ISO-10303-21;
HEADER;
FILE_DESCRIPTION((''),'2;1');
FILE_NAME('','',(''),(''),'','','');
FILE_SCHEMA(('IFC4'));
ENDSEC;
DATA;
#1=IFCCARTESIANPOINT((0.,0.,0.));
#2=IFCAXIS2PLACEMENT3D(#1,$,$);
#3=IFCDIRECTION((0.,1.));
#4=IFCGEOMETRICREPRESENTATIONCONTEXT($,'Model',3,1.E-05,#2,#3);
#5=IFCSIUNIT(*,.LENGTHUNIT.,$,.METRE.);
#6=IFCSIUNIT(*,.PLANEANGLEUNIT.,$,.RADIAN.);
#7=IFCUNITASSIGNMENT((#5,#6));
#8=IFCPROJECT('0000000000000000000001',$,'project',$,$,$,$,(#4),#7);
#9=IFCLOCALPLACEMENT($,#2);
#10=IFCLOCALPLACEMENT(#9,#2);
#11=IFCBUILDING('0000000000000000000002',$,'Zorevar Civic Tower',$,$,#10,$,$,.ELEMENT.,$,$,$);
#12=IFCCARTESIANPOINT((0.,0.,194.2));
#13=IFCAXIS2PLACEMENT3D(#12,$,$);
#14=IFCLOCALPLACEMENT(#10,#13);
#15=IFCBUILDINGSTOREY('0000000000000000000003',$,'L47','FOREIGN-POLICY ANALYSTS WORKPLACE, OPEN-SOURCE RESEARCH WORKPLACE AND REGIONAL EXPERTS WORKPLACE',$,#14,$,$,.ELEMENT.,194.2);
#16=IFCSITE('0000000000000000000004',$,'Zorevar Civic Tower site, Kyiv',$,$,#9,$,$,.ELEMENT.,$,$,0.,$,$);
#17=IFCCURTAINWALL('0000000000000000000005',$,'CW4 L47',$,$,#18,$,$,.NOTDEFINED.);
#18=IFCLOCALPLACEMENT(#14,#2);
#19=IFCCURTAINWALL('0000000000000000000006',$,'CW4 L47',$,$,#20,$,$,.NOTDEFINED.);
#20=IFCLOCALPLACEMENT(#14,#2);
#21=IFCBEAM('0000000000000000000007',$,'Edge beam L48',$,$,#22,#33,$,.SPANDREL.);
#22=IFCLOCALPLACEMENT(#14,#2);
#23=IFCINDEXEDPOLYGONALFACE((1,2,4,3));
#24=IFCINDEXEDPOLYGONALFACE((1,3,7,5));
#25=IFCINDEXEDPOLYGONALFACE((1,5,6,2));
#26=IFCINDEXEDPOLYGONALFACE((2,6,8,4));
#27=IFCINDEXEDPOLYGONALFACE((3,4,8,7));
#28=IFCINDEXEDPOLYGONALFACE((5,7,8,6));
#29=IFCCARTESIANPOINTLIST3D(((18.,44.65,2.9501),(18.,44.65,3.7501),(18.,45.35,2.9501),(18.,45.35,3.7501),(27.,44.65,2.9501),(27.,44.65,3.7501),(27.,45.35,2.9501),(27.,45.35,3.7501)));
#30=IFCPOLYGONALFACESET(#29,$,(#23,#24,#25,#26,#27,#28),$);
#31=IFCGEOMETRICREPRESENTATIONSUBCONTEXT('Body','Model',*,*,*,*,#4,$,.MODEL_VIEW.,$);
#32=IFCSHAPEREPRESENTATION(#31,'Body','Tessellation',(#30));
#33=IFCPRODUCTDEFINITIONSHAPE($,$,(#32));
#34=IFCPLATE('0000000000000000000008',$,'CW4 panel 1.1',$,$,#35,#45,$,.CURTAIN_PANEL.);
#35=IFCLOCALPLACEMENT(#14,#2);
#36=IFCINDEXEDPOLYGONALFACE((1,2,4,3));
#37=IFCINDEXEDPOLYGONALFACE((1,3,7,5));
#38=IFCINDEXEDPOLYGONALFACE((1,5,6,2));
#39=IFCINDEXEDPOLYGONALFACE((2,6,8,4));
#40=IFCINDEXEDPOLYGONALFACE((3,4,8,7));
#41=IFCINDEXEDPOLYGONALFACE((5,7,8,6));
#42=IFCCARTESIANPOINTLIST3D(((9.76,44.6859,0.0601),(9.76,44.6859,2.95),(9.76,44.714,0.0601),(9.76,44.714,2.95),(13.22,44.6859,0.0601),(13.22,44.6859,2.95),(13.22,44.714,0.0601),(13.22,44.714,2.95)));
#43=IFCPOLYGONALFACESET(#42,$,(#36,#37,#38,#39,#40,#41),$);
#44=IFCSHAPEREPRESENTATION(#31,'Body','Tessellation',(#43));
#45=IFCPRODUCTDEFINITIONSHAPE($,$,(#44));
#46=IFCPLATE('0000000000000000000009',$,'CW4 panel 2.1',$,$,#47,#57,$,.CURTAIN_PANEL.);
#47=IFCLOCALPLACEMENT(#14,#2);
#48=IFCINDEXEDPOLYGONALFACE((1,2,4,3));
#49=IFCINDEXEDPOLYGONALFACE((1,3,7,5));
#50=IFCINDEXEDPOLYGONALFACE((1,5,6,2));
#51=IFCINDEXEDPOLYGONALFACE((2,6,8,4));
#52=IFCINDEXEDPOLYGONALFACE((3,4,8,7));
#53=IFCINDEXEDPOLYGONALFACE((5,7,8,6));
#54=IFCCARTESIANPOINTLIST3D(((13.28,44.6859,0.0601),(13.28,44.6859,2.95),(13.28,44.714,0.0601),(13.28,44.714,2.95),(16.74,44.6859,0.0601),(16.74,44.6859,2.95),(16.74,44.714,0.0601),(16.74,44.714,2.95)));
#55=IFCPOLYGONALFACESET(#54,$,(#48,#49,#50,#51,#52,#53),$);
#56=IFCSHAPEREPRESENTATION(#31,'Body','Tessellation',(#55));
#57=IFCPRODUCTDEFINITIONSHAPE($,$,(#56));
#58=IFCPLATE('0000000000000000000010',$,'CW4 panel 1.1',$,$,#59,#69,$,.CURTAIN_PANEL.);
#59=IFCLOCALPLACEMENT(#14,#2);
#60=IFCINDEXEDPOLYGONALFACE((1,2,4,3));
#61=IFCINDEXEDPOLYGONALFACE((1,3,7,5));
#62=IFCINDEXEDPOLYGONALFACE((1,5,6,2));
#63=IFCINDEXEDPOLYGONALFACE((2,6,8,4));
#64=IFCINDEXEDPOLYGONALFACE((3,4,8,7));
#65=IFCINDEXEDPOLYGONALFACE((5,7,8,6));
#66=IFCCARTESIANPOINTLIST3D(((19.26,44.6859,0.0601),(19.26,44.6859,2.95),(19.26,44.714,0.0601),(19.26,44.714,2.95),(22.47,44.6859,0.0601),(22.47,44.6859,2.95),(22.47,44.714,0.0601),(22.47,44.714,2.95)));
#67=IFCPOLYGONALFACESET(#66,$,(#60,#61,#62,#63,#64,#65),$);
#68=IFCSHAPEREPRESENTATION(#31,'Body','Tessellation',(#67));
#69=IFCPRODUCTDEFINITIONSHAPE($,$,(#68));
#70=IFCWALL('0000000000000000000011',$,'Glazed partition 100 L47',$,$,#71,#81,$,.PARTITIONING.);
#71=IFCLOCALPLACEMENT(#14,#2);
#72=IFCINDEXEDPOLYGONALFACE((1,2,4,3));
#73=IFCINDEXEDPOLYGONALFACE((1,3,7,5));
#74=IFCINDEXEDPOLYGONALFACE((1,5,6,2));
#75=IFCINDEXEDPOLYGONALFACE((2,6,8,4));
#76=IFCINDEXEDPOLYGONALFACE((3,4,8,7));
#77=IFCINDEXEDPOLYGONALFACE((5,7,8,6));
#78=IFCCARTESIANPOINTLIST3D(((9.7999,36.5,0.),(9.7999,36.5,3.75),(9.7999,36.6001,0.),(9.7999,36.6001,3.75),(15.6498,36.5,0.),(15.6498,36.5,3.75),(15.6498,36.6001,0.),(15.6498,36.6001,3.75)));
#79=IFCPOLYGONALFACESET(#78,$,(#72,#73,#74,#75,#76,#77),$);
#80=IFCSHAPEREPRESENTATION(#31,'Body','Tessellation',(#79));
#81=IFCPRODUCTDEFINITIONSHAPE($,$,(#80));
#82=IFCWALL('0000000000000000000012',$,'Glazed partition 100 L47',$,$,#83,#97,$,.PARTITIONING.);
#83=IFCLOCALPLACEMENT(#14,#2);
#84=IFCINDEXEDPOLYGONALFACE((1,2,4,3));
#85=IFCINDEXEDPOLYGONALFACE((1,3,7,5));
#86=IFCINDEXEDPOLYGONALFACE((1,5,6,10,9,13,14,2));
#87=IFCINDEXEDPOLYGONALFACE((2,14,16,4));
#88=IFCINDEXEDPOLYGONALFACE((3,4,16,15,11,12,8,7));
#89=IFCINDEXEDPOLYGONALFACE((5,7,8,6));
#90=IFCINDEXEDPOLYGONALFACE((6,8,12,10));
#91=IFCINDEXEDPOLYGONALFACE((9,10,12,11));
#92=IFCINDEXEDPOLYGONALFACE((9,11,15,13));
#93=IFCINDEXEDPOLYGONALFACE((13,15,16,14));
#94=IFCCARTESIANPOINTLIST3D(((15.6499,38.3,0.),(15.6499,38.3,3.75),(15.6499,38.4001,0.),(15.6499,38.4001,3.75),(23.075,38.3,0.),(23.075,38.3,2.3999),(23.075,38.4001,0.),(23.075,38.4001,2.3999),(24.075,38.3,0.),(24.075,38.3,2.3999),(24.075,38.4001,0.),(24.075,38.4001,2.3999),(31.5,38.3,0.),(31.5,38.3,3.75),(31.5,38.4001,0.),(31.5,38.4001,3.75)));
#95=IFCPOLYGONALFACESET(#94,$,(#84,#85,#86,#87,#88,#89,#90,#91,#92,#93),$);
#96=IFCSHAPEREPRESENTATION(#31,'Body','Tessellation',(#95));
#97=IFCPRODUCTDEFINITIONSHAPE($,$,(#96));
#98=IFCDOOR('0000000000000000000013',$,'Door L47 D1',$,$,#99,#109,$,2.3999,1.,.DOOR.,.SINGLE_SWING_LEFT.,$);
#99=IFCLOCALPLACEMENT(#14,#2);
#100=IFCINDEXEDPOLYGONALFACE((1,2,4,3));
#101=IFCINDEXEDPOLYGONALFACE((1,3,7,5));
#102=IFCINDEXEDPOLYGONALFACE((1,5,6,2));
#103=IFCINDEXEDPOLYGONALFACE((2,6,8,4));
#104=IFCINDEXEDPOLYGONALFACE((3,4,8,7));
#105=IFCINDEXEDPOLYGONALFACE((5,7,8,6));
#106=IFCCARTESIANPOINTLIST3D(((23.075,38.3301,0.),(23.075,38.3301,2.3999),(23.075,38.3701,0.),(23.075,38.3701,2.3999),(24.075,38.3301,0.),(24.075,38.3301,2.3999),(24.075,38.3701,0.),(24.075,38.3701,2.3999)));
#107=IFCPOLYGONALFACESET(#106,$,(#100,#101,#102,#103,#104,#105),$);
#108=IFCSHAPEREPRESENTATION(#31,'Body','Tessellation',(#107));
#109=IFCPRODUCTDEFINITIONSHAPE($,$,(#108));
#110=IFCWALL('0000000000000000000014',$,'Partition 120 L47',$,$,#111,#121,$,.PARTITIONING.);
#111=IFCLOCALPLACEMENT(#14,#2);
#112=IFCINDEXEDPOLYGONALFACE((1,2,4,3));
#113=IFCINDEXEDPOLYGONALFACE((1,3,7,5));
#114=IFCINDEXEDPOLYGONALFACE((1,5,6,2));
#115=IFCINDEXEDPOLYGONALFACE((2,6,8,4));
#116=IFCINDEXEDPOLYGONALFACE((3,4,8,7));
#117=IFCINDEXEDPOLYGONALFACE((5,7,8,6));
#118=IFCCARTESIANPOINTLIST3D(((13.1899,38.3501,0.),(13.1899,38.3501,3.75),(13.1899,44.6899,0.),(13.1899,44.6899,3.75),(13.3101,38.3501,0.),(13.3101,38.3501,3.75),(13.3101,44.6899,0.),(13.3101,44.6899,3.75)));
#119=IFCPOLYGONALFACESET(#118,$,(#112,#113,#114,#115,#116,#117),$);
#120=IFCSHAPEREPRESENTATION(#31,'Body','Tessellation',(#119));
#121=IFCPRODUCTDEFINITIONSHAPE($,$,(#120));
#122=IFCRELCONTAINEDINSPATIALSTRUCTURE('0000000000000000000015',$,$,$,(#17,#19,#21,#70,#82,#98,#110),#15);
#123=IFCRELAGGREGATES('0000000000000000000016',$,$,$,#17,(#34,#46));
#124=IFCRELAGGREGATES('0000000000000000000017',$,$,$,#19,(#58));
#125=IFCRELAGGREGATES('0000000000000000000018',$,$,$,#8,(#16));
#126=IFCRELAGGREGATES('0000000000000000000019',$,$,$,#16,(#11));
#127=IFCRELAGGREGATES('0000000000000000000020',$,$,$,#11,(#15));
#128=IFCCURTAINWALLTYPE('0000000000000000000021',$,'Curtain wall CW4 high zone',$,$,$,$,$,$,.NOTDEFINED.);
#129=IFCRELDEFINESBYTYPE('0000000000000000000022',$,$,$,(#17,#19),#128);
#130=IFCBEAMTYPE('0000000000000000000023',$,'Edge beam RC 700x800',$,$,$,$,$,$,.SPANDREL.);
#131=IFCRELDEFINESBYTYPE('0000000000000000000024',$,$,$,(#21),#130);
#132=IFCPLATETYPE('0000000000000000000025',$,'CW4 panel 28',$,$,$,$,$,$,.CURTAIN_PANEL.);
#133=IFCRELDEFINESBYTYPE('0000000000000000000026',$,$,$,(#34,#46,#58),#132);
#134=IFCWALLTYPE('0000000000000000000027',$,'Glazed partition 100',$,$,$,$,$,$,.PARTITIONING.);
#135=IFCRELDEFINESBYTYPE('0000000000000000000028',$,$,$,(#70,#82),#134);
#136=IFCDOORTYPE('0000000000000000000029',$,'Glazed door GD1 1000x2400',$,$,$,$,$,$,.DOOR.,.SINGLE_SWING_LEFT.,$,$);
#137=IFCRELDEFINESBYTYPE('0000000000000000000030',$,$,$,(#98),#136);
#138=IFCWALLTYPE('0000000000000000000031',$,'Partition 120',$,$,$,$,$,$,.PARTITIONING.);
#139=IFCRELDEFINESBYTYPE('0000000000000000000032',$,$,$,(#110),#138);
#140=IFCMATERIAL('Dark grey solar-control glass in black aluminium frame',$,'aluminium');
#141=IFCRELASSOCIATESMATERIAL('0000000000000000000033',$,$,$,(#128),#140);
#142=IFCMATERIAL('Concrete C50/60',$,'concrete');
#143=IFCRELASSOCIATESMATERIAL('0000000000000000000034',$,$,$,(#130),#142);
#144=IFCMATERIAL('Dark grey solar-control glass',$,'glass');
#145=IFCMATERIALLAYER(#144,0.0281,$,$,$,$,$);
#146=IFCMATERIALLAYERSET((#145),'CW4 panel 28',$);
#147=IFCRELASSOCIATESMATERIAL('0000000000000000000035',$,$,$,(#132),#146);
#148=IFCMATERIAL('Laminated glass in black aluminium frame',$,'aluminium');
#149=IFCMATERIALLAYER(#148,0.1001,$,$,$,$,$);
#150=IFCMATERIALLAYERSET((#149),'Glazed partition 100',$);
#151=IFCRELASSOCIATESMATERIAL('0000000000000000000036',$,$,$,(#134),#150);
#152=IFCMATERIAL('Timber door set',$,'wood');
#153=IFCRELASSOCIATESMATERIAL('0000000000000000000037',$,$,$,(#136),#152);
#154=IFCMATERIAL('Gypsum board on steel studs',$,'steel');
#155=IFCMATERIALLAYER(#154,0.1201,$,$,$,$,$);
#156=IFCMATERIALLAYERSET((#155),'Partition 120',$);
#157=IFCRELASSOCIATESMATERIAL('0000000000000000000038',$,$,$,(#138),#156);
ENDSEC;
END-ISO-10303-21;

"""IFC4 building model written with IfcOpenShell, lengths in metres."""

from ifc_helpers import new_model, si_unit, direction, frame, frame_2d, origin, origin_2d, place, context, subcontext, project, spatial, rectangle, extrude, material, layer, layer_set, material_profile, profile_set, type_object, element, fill, aggregate, save


model = new_model("IFC4")

# Units and contexts
model_context = context("Model", 3, precision=1e-05, world=origin(), true_north=direction((0.0, 1.0)))
body_context = subcontext(model_context, "Body", "Model", "MODEL_VIEW")
ifc_project = project(units=[si_unit("LENGTHUNIT", "METRE"), si_unit("PLANEANGLEUNIT", "RADIAN")], contexts=[model_context])

# Site, building, storey
site_placement = place(None, origin())
site = spatial("IfcSite", under=ifc_project, at=site_placement, Name="Zorevar Civic Tower site, Kyiv", CompositionType="ELEMENT", RefElevation=0.0)
building_placement = place(site_placement, origin())
building = spatial("IfcBuilding", under=site, at=building_placement, Name="Zorevar Civic Tower", CompositionType="ELEMENT")
storey_placement = place(building_placement, frame((0.0, 0.0, 194.2)))
storey = spatial("IfcBuildingStorey", under=building, at=storey_placement, Name="L47", Description="FOREIGN-POLICY ANALYSTS WORKPLACE, OPEN-SOURCE RESEARCH WORKPLACE AND REGIONAL EXPERTS WORKPLACE", CompositionType="ELEMENT", Elevation=194.2)

# Curtain wall
ifc_material_1 = material(Name="Dark grey solar-control glass in black aluminium frame", Category="aluminium")
curtain_wall_type = type_object("IfcCurtainWallType", Name="Curtain wall CW4 high zone", PredefinedType="NOTDEFINED", material=ifc_material_1)
curtain_wall_1_placement = place(storey_placement, origin())
curtain_wall_1 = element("IfcCurtainWall", 1, at=curtain_wall_1_placement, inside=storey, type_object=curtain_wall_type, Name="CW4 L47", PredefinedType="NOTDEFINED")

# Curtain wall
curtain_wall_2_placement = place(storey_placement, origin())
curtain_wall_2 = element("IfcCurtainWall", 2, at=curtain_wall_2_placement, inside=storey, type_object=curtain_wall_type, Name="CW4 L47", PredefinedType="NOTDEFINED")

# Beam
ifc_material_2 = material(Name="Concrete C50/60", Category="concrete")
ifc_material_profile_1 = material_profile(ifc_material_2, rectangle(XDim=0.7, YDim=0.8, at=origin_2d()), Name="RC 700x800")
ifc_profile_set_1 = profile_set([ifc_material_profile_1], Name="Concrete C50/60")
beam_type_1 = type_object("IfcBeamType", Name="Edge beam RC 700x800", PredefinedType="SPANDREL", material=ifc_profile_set_1)
beam_1_placement = place(storey_placement, frame((18.0, 45.0, 3.3501), z_axis=(1.0, 0.0, 0.0), x_axis=(0.0, 1.0, 0.0)))
element("IfcBeam", 3, at=beam_1_placement, inside=storey, type_object=beam_type_1, Name="Edge beam L48", PredefinedType="SPANDREL", context=body_context, shape_type="SweptSolid", body=[
    extrude(rectangle(XDim=0.7, YDim=0.8, at=origin_2d()), origin(), (0.0, 0.0, 1.0), 9.0),
])

# Plates
ifc_material_3 = material(Name="Dark grey solar-control glass", Category="glass")
ifc_layer_1 = layer(ifc_material_3, 0.0281)
ifc_layer_set_1 = layer_set([ifc_layer_1], Name="CW4 panel 28")
plate_type = type_object("IfcPlateType", Name="CW4 panel 28", PredefinedType="CURTAIN_PANEL", material=ifc_layer_set_1)
plate_1_placement = place(storey_placement, frame((11.49, 44.7, 0.0601), z_axis=(0.0, 0.0, 1.0), x_axis=(1.0, 0.0, 0.0)))
plate_1 = element("IfcPlate", 4, at=plate_1_placement, type_object=plate_type, Name="CW4 panel 1.1", PredefinedType="CURTAIN_PANEL", context=body_context, shape_type="SweptSolid", body=[
    extrude(rectangle(XDim=3.46, YDim=0.0281, at=origin_2d()), origin(), (0.0, 0.0, 1.0), 2.8899),
])
plate_2_placement = place(storey_placement, frame((15.01, 44.7, 0.0601), z_axis=(0.0, 0.0, 1.0), x_axis=(1.0, 0.0, 0.0)))
plate_2 = element("IfcPlate", 5, at=plate_2_placement, type_object=plate_type, Name="CW4 panel 2.1", PredefinedType="CURTAIN_PANEL", context=body_context, shape_type="SweptSolid", body=[
    extrude(rectangle(XDim=3.46, YDim=0.0281, at=origin_2d()), origin(), (0.0, 0.0, 1.0), 2.8899),
])
aggregate(curtain_wall_1, [plate_1, plate_2])
plate_3_placement = place(storey_placement, frame((20.865, 44.7, 0.0601), z_axis=(0.0, 0.0, 1.0), x_axis=(1.0, 0.0, 0.0)))
plate_3 = element("IfcPlate", 6, at=plate_3_placement, type_object=plate_type, Name="CW4 panel 1.1", PredefinedType="CURTAIN_PANEL", context=body_context, shape_type="SweptSolid", body=[
    extrude(rectangle(XDim=3.21, YDim=0.0281, at=origin_2d()), origin(), (0.0, 0.0, 1.0), 2.8899),
])
aggregate(curtain_wall_2, [plate_3])

# Wall
ifc_material_4 = material(Name="Laminated glass in black aluminium frame", Category="aluminium")
ifc_layer_2 = layer(ifc_material_4, 0.1001)
ifc_layer_set_2 = layer_set([ifc_layer_2], Name="Glazed partition 100")
wall_type_1 = type_object("IfcWallType", Name="Glazed partition 100", PredefinedType="PARTITIONING", material=ifc_layer_set_2)
wall_1_placement = place(storey_placement, frame((9.8, 36.55, 0.0), z_axis=(0.0, 0.0, 1.0), x_axis=(1.0, 0.0, 0.0)))
element("IfcWall", 7, at=wall_1_placement, inside=storey, type_object=wall_type_1, Name="Glazed partition 100 L47", PredefinedType="PARTITIONING", context=body_context, shape_type="SweptSolid", body=[
    extrude(rectangle(XDim=5.8499, YDim=0.1001, at=frame_2d((2.9248, 0.0))), origin(), (0.0, 0.0, 1.0), 3.75),
])

# Wall, opening, door
wall_2_placement = place(storey_placement, frame((15.6499, 38.3501, 0.0), z_axis=(0.0, 0.0, 1.0), x_axis=(1.0, 0.0, 0.0)))
wall_2 = element("IfcWall", 8, at=wall_2_placement, inside=storey, type_object=wall_type_1, Name="Glazed partition 100 L47", PredefinedType="PARTITIONING", context=body_context, shape_type="SweptSolid", body=[
    extrude(rectangle(XDim=15.8501, YDim=0.1001, at=frame_2d((7.925, 0.0))), origin(), (0.0, 0.0, 1.0), 3.75),
])
opening_placement = place(wall_2_placement, frame((7.425, 0.0, 0.0)))
opening = element("IfcOpeningElement", 9, at=opening_placement, cuts=wall_2, PredefinedType="OPENING", context=body_context, shape_type="SweptSolid", body=[
    extrude(rectangle(XDim=1.0, YDim=2.3999, at=frame_2d((0.5, 1.2))), frame((0.0, 0.0601, 0.0), z_axis=(0.0, -1.0, 0.0), x_axis=(1.0, 0.0, 0.0)), (0.0, 0.0, 1.0), 0.1201),
])
ifc_material_5 = material(Name="Timber door set", Category="wood")
door_type = type_object("IfcDoorType", Name="Glazed door GD1 1000x2400", OperationType="SINGLE_SWING_LEFT", PredefinedType="DOOR", material=ifc_material_5)
door_placement = place(opening_placement, origin())
door = element("IfcDoor", 10, at=door_placement, inside=storey, type_object=door_type, Name="Door L47 D1", OperationType="SINGLE_SWING_LEFT", OverallHeight=2.3999, OverallWidth=1.0, PredefinedType="DOOR", context=body_context, shape_type="SweptSolid", body=[
    extrude(rectangle(XDim=1.0, YDim=2.3999, at=frame_2d((0.5, 1.2))), frame((0.0, 0.02, 0.0), z_axis=(0.0, -1.0, 0.0), x_axis=(1.0, 0.0, 0.0)), (0.0, 0.0, 1.0), 0.04),
])
fill(opening, door)

# Wall
ifc_material_6 = material(Name="Gypsum board on steel studs", Category="steel")
ifc_layer_3 = layer(ifc_material_6, 0.1201)
ifc_layer_set_3 = layer_set([ifc_layer_3], Name="Partition 120")
wall_type_2 = type_object("IfcWallType", Name="Partition 120", PredefinedType="PARTITIONING", material=ifc_layer_set_3)
wall_3_placement = place(storey_placement, frame((13.25, 38.3501, 0.0), z_axis=(0.0, 0.0, 1.0), x_axis=(0.0, 1.0, 0.0)))
element("IfcWall", 11, at=wall_3_placement, inside=storey, type_object=wall_type_2, Name="Partition 120 L47", PredefinedType="PARTITIONING", context=body_context, shape_type="SweptSolid", body=[
    extrude(rectangle(XDim=6.3398, YDim=0.1201, at=frame_2d((3.1699, 0.0))), origin(), (0.0, 0.0, 1.0), 3.75),
])

save(model, "model.ifc")
